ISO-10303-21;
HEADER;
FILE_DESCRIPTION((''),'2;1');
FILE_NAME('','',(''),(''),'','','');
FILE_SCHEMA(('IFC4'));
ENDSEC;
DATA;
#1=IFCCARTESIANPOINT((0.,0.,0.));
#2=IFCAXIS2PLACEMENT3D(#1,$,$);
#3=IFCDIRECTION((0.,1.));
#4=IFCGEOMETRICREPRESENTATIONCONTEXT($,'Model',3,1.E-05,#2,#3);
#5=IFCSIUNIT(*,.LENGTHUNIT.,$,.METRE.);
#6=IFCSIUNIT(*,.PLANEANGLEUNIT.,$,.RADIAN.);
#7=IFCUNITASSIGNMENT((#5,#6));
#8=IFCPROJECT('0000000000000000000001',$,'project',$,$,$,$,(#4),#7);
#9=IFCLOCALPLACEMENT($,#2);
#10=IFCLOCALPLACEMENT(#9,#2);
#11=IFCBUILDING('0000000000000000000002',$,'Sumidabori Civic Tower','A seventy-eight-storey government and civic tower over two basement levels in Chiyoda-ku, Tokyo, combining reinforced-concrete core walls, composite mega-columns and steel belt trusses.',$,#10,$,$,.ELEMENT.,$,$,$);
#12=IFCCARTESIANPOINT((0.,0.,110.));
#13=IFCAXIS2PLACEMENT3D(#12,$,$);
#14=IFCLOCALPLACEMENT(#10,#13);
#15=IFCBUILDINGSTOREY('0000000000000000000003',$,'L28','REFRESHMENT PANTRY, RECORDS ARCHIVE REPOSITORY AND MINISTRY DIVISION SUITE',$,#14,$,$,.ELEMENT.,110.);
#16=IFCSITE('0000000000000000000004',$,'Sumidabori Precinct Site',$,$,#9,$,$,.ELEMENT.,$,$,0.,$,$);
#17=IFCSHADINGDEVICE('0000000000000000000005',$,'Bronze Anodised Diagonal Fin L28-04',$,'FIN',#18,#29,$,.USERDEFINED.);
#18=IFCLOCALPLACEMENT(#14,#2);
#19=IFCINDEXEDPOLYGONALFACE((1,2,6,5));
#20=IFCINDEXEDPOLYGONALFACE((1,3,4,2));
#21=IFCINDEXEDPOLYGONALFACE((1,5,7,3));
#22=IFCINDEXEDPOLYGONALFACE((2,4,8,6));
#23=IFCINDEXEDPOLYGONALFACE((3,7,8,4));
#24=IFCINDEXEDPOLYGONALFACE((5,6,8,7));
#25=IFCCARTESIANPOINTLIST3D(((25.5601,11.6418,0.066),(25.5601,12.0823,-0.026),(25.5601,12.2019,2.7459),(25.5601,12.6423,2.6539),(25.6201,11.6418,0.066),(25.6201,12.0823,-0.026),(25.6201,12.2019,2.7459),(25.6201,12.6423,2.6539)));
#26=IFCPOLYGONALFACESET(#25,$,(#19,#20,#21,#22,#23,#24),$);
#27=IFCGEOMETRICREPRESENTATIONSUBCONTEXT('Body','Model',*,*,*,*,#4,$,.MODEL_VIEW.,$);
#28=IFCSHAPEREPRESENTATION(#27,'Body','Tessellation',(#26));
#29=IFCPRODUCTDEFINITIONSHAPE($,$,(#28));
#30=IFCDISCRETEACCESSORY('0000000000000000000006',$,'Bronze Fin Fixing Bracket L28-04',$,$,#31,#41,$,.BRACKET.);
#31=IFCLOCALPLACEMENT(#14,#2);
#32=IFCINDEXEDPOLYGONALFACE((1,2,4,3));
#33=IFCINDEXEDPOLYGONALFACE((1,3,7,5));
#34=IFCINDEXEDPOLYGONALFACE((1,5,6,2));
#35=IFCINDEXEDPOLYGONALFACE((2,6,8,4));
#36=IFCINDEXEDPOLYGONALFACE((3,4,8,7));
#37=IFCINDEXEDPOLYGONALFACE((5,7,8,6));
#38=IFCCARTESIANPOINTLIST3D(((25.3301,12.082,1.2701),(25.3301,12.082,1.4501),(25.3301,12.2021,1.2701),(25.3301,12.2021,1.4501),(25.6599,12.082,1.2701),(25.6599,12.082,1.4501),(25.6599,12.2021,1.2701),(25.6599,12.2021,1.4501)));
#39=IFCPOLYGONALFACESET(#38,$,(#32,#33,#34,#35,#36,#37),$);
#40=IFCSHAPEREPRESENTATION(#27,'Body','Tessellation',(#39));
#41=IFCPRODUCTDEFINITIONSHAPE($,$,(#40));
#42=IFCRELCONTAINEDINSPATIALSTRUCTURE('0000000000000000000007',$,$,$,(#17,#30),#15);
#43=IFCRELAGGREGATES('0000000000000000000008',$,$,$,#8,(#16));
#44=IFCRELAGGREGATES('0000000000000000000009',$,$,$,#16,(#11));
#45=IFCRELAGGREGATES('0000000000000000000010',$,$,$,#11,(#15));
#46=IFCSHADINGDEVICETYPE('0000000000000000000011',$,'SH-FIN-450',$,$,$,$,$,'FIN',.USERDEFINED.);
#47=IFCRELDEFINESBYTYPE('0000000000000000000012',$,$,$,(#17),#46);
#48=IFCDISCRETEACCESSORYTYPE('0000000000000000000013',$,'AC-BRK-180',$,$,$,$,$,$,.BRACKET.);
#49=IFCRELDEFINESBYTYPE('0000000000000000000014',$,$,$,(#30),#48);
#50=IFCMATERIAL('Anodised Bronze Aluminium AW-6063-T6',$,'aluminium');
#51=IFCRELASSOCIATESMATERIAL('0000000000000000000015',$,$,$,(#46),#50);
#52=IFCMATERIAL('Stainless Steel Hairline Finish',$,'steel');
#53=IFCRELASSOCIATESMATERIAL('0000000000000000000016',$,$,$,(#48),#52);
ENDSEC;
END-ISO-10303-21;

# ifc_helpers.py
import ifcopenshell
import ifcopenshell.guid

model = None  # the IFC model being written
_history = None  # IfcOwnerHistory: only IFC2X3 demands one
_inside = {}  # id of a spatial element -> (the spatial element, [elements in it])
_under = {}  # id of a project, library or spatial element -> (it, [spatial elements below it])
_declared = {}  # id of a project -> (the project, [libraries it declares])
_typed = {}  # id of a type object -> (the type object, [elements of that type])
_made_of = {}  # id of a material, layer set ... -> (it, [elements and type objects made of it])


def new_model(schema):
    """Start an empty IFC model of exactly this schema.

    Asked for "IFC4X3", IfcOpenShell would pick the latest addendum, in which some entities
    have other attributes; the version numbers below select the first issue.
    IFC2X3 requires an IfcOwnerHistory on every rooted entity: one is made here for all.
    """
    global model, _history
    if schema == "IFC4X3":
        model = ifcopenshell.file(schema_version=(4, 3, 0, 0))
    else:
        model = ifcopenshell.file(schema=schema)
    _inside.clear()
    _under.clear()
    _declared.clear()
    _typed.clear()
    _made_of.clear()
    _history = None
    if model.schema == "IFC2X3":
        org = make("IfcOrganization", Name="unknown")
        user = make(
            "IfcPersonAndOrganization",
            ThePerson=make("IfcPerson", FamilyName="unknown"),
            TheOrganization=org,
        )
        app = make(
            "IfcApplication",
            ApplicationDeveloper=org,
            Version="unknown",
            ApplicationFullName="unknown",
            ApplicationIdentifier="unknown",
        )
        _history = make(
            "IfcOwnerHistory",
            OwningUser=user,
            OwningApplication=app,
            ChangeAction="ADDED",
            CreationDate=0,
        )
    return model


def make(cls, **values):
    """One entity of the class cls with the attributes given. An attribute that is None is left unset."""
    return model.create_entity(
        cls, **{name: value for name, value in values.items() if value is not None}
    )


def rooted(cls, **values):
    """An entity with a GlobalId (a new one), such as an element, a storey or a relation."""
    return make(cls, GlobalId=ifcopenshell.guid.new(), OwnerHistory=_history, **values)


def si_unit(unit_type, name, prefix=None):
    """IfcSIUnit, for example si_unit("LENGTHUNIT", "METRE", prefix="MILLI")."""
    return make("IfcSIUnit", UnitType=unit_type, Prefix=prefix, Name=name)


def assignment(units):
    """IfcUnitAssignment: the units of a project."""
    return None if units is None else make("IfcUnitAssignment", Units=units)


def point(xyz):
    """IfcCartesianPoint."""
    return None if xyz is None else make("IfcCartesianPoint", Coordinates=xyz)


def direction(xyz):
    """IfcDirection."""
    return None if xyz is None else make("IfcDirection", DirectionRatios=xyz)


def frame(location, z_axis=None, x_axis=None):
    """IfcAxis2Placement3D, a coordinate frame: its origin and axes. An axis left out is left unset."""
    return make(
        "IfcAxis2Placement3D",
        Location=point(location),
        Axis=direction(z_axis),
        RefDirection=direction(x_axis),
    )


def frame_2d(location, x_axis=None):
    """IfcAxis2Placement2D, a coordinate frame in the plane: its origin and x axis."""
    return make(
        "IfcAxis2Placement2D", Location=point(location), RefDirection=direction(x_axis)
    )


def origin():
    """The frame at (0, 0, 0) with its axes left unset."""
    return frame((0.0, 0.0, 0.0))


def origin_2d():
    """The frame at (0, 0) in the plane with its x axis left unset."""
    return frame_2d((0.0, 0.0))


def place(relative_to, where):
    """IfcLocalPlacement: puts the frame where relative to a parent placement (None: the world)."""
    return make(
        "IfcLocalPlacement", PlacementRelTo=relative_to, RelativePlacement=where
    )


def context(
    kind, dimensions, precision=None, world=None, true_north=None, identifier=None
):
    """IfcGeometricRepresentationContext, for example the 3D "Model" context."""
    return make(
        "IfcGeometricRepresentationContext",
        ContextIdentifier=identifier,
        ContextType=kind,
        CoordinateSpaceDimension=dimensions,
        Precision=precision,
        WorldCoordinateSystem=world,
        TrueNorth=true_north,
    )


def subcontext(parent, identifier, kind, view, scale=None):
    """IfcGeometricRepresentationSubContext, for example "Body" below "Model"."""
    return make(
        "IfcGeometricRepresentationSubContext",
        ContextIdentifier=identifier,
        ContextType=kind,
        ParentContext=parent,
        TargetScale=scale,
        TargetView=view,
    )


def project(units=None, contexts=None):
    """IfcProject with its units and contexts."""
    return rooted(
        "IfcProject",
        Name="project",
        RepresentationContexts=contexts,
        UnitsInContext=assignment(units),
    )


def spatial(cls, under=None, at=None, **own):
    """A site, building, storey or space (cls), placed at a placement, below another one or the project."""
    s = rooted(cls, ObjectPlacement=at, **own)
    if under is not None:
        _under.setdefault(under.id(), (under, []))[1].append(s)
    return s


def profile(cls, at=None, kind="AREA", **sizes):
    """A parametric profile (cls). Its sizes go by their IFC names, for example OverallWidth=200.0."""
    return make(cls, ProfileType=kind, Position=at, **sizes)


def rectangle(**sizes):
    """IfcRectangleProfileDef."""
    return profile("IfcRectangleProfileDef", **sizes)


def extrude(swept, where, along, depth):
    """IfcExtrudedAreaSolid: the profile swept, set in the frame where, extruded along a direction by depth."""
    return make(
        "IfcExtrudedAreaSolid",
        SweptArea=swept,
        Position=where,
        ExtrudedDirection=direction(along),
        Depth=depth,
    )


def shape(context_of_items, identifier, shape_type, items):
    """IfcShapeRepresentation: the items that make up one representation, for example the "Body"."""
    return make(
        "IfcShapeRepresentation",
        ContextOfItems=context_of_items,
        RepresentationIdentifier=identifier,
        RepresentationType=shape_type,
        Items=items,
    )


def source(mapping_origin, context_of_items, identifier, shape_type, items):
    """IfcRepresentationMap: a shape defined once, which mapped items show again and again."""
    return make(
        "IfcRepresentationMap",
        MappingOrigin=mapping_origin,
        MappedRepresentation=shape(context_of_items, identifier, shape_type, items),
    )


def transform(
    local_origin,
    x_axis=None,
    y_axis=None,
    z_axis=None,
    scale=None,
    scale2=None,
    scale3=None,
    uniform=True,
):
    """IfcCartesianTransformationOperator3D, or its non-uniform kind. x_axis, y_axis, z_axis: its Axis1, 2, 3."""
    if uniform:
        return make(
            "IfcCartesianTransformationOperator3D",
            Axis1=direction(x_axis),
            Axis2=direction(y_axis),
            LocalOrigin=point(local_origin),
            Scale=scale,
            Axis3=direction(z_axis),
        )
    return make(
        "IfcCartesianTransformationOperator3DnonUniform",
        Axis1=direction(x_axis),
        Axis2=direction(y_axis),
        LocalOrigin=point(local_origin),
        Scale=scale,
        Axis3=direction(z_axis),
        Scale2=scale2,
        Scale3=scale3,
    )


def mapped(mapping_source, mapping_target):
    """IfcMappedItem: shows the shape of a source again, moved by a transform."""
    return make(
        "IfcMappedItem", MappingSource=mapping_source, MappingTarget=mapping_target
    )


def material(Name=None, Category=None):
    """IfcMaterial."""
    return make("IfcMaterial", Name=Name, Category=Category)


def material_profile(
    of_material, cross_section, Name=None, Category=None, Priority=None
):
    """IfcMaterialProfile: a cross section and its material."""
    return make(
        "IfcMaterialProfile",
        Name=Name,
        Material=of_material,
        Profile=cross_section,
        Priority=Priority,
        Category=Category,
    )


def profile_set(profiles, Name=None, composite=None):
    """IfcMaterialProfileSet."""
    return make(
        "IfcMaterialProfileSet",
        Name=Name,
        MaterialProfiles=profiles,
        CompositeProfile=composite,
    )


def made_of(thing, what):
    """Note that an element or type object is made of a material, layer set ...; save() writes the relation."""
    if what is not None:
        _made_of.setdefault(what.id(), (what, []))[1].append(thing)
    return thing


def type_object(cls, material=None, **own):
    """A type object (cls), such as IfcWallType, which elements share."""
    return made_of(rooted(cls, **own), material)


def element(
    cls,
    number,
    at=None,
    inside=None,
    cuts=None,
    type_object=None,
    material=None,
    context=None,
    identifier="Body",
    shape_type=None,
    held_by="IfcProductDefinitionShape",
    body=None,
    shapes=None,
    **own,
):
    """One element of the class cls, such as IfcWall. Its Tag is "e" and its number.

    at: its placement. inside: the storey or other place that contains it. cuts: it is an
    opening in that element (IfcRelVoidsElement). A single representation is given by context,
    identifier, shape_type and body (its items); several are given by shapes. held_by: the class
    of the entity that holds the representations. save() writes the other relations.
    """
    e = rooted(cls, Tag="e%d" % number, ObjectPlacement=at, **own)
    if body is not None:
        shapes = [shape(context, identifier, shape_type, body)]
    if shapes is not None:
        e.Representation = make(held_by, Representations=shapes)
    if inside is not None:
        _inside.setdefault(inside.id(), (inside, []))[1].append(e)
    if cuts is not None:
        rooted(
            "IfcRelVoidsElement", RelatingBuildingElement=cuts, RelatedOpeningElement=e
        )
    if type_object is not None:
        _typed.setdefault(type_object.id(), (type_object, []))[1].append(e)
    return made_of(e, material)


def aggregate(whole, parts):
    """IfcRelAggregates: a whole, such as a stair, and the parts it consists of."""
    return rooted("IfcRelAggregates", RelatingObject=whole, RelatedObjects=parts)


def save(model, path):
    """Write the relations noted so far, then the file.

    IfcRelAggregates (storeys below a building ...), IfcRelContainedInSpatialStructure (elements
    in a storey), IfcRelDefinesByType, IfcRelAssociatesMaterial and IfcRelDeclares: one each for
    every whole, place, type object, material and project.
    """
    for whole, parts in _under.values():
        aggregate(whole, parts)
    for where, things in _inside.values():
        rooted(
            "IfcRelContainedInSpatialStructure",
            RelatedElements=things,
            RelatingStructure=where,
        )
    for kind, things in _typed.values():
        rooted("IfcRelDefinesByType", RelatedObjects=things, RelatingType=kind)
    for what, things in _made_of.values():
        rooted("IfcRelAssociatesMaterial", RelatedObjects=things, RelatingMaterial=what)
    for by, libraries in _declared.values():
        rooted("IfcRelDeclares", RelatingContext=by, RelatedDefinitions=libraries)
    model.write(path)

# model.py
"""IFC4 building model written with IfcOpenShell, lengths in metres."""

from ifc_helpers import new_model, si_unit, direction, frame, origin, origin_2d, place, context, subcontext, project, spatial, rectangle, extrude, source, transform, mapped, material, material_profile, profile_set, type_object, element, save


model = new_model("IFC4")

# Units and contexts
model_context = context("Model", 3, precision=1e-05, world=origin(), true_north=direction((0.0, 1.0)))
body_context = subcontext(model_context, "Body", "Model", "MODEL_VIEW")
ifc_project = project(units=[si_unit("LENGTHUNIT", "METRE"), si_unit("PLANEANGLEUNIT", "RADIAN")], contexts=[model_context])

# Site, building, storey
site_placement = place(None, origin())
site = spatial("IfcSite", under=ifc_project, at=site_placement, Name="Sumidabori Precinct Site", CompositionType="ELEMENT", RefElevation=0.0)
building_placement = place(site_placement, origin())
building = spatial("IfcBuilding", under=site, at=building_placement, Name="Sumidabori Civic Tower", Description="A seventy-eight-storey government and civic tower over two basement levels in Chiyoda-ku, Tokyo, combining reinforced-concrete core walls, composite mega-columns and steel belt trusses.", CompositionType="ELEMENT")
storey_placement = place(building_placement, frame((0.0, 0.0, 110.0)))
storey = spatial("IfcBuildingStorey", under=building, at=storey_placement, Name="L28", Description="REFRESHMENT PANTRY, RECORDS ARCHIVE REPOSITORY AND MINISTRY DIVISION SUITE", CompositionType="ELEMENT", Elevation=110.0)

# Shared definitions
ifc_material_1 = material(Name="Anodised Bronze Aluminium AW-6063-T6", Category="aluminium")

# Shared definitions
ifc_material_2 = material(Name="Stainless Steel Hairline Finish", Category="steel")

# Shading device
ifc_material_profile_1 = material_profile(ifc_material_1, rectangle(XDim=0.0601, YDim=0.45, at=origin_2d()), Name="BRONZE FIN 450x60")
ifc_profile_set_1 = profile_set([ifc_material_profile_1], Name="Anodised Bronze Aluminium AW-6063-T6")
shading_device_type = type_object("IfcShadingDeviceType", Name="SH-FIN-450", ElementType="FIN", PredefinedType="USERDEFINED", material=ifc_profile_set_1)
shared_shape_1 = source(origin(), body_context, "Body", "SweptSolid", [
    extrude(rectangle(XDim=0.0601, YDim=0.45, at=origin_2d()), origin(), (0.0, 0.0, 1.0), 2.7378),
])
shading_device_placement = place(storey_placement, frame((25.5901, 11.8621, 0.02), z_axis=(0.0, 0.204563, 0.978853), x_axis=(-1.0, 0.0, 0.0)))
element("IfcShadingDevice", 1, at=shading_device_placement, inside=storey, type_object=shading_device_type, Name="Bronze Anodised Diagonal Fin L28-04", ObjectType="FIN", PredefinedType="USERDEFINED", context=body_context, shape_type="MappedRepresentation", body=[
    mapped(shared_shape_1, transform((0.0, 0.0, 0.0), x_axis=(1.0, 0.0, 0.0), y_axis=(0.0, 1.0, 0.0), z_axis=(0.0, 0.0, 1.0), scale=1.0)),
])

# Discrete accessory
ifc_material_profile_2 = material_profile(ifc_material_2, rectangle(XDim=0.1201, YDim=0.1799, at=origin_2d()), Name="STEEL BRACKET 180x120")
ifc_profile_set_2 = profile_set([ifc_material_profile_2], Name="Stainless Steel Hairline Finish")
discrete_accessory_type = type_object("IfcDiscreteAccessoryType", Name="AC-BRK-180", PredefinedType="BRACKET", material=ifc_profile_set_2)
shared_shape_2 = source(origin(), body_context, "Body", "SweptSolid", [
    extrude(rectangle(XDim=0.1201, YDim=0.1799, at=origin_2d()), origin(), (0.0, 0.0, 1.0), 0.3298),
])
discrete_accessory_placement = place(storey_placement, frame((25.3301, 12.1421, 1.3601), z_axis=(1.0, 0.0, 0.0), x_axis=(0.0, 1.0, 0.0)))
element("IfcDiscreteAccessory", 2, at=discrete_accessory_placement, inside=storey, type_object=discrete_accessory_type, Name="Bronze Fin Fixing Bracket L28-04", PredefinedType="BRACKET", context=body_context, shape_type="MappedRepresentation", body=[
    mapped(shared_shape_2, transform((0.0, 0.0, 0.0), x_axis=(1.0, 0.0, 0.0), y_axis=(0.0, 1.0, 0.0), z_axis=(0.0, 0.0, 1.0), scale=1.0)),
])

save(model, "model.ifc")
